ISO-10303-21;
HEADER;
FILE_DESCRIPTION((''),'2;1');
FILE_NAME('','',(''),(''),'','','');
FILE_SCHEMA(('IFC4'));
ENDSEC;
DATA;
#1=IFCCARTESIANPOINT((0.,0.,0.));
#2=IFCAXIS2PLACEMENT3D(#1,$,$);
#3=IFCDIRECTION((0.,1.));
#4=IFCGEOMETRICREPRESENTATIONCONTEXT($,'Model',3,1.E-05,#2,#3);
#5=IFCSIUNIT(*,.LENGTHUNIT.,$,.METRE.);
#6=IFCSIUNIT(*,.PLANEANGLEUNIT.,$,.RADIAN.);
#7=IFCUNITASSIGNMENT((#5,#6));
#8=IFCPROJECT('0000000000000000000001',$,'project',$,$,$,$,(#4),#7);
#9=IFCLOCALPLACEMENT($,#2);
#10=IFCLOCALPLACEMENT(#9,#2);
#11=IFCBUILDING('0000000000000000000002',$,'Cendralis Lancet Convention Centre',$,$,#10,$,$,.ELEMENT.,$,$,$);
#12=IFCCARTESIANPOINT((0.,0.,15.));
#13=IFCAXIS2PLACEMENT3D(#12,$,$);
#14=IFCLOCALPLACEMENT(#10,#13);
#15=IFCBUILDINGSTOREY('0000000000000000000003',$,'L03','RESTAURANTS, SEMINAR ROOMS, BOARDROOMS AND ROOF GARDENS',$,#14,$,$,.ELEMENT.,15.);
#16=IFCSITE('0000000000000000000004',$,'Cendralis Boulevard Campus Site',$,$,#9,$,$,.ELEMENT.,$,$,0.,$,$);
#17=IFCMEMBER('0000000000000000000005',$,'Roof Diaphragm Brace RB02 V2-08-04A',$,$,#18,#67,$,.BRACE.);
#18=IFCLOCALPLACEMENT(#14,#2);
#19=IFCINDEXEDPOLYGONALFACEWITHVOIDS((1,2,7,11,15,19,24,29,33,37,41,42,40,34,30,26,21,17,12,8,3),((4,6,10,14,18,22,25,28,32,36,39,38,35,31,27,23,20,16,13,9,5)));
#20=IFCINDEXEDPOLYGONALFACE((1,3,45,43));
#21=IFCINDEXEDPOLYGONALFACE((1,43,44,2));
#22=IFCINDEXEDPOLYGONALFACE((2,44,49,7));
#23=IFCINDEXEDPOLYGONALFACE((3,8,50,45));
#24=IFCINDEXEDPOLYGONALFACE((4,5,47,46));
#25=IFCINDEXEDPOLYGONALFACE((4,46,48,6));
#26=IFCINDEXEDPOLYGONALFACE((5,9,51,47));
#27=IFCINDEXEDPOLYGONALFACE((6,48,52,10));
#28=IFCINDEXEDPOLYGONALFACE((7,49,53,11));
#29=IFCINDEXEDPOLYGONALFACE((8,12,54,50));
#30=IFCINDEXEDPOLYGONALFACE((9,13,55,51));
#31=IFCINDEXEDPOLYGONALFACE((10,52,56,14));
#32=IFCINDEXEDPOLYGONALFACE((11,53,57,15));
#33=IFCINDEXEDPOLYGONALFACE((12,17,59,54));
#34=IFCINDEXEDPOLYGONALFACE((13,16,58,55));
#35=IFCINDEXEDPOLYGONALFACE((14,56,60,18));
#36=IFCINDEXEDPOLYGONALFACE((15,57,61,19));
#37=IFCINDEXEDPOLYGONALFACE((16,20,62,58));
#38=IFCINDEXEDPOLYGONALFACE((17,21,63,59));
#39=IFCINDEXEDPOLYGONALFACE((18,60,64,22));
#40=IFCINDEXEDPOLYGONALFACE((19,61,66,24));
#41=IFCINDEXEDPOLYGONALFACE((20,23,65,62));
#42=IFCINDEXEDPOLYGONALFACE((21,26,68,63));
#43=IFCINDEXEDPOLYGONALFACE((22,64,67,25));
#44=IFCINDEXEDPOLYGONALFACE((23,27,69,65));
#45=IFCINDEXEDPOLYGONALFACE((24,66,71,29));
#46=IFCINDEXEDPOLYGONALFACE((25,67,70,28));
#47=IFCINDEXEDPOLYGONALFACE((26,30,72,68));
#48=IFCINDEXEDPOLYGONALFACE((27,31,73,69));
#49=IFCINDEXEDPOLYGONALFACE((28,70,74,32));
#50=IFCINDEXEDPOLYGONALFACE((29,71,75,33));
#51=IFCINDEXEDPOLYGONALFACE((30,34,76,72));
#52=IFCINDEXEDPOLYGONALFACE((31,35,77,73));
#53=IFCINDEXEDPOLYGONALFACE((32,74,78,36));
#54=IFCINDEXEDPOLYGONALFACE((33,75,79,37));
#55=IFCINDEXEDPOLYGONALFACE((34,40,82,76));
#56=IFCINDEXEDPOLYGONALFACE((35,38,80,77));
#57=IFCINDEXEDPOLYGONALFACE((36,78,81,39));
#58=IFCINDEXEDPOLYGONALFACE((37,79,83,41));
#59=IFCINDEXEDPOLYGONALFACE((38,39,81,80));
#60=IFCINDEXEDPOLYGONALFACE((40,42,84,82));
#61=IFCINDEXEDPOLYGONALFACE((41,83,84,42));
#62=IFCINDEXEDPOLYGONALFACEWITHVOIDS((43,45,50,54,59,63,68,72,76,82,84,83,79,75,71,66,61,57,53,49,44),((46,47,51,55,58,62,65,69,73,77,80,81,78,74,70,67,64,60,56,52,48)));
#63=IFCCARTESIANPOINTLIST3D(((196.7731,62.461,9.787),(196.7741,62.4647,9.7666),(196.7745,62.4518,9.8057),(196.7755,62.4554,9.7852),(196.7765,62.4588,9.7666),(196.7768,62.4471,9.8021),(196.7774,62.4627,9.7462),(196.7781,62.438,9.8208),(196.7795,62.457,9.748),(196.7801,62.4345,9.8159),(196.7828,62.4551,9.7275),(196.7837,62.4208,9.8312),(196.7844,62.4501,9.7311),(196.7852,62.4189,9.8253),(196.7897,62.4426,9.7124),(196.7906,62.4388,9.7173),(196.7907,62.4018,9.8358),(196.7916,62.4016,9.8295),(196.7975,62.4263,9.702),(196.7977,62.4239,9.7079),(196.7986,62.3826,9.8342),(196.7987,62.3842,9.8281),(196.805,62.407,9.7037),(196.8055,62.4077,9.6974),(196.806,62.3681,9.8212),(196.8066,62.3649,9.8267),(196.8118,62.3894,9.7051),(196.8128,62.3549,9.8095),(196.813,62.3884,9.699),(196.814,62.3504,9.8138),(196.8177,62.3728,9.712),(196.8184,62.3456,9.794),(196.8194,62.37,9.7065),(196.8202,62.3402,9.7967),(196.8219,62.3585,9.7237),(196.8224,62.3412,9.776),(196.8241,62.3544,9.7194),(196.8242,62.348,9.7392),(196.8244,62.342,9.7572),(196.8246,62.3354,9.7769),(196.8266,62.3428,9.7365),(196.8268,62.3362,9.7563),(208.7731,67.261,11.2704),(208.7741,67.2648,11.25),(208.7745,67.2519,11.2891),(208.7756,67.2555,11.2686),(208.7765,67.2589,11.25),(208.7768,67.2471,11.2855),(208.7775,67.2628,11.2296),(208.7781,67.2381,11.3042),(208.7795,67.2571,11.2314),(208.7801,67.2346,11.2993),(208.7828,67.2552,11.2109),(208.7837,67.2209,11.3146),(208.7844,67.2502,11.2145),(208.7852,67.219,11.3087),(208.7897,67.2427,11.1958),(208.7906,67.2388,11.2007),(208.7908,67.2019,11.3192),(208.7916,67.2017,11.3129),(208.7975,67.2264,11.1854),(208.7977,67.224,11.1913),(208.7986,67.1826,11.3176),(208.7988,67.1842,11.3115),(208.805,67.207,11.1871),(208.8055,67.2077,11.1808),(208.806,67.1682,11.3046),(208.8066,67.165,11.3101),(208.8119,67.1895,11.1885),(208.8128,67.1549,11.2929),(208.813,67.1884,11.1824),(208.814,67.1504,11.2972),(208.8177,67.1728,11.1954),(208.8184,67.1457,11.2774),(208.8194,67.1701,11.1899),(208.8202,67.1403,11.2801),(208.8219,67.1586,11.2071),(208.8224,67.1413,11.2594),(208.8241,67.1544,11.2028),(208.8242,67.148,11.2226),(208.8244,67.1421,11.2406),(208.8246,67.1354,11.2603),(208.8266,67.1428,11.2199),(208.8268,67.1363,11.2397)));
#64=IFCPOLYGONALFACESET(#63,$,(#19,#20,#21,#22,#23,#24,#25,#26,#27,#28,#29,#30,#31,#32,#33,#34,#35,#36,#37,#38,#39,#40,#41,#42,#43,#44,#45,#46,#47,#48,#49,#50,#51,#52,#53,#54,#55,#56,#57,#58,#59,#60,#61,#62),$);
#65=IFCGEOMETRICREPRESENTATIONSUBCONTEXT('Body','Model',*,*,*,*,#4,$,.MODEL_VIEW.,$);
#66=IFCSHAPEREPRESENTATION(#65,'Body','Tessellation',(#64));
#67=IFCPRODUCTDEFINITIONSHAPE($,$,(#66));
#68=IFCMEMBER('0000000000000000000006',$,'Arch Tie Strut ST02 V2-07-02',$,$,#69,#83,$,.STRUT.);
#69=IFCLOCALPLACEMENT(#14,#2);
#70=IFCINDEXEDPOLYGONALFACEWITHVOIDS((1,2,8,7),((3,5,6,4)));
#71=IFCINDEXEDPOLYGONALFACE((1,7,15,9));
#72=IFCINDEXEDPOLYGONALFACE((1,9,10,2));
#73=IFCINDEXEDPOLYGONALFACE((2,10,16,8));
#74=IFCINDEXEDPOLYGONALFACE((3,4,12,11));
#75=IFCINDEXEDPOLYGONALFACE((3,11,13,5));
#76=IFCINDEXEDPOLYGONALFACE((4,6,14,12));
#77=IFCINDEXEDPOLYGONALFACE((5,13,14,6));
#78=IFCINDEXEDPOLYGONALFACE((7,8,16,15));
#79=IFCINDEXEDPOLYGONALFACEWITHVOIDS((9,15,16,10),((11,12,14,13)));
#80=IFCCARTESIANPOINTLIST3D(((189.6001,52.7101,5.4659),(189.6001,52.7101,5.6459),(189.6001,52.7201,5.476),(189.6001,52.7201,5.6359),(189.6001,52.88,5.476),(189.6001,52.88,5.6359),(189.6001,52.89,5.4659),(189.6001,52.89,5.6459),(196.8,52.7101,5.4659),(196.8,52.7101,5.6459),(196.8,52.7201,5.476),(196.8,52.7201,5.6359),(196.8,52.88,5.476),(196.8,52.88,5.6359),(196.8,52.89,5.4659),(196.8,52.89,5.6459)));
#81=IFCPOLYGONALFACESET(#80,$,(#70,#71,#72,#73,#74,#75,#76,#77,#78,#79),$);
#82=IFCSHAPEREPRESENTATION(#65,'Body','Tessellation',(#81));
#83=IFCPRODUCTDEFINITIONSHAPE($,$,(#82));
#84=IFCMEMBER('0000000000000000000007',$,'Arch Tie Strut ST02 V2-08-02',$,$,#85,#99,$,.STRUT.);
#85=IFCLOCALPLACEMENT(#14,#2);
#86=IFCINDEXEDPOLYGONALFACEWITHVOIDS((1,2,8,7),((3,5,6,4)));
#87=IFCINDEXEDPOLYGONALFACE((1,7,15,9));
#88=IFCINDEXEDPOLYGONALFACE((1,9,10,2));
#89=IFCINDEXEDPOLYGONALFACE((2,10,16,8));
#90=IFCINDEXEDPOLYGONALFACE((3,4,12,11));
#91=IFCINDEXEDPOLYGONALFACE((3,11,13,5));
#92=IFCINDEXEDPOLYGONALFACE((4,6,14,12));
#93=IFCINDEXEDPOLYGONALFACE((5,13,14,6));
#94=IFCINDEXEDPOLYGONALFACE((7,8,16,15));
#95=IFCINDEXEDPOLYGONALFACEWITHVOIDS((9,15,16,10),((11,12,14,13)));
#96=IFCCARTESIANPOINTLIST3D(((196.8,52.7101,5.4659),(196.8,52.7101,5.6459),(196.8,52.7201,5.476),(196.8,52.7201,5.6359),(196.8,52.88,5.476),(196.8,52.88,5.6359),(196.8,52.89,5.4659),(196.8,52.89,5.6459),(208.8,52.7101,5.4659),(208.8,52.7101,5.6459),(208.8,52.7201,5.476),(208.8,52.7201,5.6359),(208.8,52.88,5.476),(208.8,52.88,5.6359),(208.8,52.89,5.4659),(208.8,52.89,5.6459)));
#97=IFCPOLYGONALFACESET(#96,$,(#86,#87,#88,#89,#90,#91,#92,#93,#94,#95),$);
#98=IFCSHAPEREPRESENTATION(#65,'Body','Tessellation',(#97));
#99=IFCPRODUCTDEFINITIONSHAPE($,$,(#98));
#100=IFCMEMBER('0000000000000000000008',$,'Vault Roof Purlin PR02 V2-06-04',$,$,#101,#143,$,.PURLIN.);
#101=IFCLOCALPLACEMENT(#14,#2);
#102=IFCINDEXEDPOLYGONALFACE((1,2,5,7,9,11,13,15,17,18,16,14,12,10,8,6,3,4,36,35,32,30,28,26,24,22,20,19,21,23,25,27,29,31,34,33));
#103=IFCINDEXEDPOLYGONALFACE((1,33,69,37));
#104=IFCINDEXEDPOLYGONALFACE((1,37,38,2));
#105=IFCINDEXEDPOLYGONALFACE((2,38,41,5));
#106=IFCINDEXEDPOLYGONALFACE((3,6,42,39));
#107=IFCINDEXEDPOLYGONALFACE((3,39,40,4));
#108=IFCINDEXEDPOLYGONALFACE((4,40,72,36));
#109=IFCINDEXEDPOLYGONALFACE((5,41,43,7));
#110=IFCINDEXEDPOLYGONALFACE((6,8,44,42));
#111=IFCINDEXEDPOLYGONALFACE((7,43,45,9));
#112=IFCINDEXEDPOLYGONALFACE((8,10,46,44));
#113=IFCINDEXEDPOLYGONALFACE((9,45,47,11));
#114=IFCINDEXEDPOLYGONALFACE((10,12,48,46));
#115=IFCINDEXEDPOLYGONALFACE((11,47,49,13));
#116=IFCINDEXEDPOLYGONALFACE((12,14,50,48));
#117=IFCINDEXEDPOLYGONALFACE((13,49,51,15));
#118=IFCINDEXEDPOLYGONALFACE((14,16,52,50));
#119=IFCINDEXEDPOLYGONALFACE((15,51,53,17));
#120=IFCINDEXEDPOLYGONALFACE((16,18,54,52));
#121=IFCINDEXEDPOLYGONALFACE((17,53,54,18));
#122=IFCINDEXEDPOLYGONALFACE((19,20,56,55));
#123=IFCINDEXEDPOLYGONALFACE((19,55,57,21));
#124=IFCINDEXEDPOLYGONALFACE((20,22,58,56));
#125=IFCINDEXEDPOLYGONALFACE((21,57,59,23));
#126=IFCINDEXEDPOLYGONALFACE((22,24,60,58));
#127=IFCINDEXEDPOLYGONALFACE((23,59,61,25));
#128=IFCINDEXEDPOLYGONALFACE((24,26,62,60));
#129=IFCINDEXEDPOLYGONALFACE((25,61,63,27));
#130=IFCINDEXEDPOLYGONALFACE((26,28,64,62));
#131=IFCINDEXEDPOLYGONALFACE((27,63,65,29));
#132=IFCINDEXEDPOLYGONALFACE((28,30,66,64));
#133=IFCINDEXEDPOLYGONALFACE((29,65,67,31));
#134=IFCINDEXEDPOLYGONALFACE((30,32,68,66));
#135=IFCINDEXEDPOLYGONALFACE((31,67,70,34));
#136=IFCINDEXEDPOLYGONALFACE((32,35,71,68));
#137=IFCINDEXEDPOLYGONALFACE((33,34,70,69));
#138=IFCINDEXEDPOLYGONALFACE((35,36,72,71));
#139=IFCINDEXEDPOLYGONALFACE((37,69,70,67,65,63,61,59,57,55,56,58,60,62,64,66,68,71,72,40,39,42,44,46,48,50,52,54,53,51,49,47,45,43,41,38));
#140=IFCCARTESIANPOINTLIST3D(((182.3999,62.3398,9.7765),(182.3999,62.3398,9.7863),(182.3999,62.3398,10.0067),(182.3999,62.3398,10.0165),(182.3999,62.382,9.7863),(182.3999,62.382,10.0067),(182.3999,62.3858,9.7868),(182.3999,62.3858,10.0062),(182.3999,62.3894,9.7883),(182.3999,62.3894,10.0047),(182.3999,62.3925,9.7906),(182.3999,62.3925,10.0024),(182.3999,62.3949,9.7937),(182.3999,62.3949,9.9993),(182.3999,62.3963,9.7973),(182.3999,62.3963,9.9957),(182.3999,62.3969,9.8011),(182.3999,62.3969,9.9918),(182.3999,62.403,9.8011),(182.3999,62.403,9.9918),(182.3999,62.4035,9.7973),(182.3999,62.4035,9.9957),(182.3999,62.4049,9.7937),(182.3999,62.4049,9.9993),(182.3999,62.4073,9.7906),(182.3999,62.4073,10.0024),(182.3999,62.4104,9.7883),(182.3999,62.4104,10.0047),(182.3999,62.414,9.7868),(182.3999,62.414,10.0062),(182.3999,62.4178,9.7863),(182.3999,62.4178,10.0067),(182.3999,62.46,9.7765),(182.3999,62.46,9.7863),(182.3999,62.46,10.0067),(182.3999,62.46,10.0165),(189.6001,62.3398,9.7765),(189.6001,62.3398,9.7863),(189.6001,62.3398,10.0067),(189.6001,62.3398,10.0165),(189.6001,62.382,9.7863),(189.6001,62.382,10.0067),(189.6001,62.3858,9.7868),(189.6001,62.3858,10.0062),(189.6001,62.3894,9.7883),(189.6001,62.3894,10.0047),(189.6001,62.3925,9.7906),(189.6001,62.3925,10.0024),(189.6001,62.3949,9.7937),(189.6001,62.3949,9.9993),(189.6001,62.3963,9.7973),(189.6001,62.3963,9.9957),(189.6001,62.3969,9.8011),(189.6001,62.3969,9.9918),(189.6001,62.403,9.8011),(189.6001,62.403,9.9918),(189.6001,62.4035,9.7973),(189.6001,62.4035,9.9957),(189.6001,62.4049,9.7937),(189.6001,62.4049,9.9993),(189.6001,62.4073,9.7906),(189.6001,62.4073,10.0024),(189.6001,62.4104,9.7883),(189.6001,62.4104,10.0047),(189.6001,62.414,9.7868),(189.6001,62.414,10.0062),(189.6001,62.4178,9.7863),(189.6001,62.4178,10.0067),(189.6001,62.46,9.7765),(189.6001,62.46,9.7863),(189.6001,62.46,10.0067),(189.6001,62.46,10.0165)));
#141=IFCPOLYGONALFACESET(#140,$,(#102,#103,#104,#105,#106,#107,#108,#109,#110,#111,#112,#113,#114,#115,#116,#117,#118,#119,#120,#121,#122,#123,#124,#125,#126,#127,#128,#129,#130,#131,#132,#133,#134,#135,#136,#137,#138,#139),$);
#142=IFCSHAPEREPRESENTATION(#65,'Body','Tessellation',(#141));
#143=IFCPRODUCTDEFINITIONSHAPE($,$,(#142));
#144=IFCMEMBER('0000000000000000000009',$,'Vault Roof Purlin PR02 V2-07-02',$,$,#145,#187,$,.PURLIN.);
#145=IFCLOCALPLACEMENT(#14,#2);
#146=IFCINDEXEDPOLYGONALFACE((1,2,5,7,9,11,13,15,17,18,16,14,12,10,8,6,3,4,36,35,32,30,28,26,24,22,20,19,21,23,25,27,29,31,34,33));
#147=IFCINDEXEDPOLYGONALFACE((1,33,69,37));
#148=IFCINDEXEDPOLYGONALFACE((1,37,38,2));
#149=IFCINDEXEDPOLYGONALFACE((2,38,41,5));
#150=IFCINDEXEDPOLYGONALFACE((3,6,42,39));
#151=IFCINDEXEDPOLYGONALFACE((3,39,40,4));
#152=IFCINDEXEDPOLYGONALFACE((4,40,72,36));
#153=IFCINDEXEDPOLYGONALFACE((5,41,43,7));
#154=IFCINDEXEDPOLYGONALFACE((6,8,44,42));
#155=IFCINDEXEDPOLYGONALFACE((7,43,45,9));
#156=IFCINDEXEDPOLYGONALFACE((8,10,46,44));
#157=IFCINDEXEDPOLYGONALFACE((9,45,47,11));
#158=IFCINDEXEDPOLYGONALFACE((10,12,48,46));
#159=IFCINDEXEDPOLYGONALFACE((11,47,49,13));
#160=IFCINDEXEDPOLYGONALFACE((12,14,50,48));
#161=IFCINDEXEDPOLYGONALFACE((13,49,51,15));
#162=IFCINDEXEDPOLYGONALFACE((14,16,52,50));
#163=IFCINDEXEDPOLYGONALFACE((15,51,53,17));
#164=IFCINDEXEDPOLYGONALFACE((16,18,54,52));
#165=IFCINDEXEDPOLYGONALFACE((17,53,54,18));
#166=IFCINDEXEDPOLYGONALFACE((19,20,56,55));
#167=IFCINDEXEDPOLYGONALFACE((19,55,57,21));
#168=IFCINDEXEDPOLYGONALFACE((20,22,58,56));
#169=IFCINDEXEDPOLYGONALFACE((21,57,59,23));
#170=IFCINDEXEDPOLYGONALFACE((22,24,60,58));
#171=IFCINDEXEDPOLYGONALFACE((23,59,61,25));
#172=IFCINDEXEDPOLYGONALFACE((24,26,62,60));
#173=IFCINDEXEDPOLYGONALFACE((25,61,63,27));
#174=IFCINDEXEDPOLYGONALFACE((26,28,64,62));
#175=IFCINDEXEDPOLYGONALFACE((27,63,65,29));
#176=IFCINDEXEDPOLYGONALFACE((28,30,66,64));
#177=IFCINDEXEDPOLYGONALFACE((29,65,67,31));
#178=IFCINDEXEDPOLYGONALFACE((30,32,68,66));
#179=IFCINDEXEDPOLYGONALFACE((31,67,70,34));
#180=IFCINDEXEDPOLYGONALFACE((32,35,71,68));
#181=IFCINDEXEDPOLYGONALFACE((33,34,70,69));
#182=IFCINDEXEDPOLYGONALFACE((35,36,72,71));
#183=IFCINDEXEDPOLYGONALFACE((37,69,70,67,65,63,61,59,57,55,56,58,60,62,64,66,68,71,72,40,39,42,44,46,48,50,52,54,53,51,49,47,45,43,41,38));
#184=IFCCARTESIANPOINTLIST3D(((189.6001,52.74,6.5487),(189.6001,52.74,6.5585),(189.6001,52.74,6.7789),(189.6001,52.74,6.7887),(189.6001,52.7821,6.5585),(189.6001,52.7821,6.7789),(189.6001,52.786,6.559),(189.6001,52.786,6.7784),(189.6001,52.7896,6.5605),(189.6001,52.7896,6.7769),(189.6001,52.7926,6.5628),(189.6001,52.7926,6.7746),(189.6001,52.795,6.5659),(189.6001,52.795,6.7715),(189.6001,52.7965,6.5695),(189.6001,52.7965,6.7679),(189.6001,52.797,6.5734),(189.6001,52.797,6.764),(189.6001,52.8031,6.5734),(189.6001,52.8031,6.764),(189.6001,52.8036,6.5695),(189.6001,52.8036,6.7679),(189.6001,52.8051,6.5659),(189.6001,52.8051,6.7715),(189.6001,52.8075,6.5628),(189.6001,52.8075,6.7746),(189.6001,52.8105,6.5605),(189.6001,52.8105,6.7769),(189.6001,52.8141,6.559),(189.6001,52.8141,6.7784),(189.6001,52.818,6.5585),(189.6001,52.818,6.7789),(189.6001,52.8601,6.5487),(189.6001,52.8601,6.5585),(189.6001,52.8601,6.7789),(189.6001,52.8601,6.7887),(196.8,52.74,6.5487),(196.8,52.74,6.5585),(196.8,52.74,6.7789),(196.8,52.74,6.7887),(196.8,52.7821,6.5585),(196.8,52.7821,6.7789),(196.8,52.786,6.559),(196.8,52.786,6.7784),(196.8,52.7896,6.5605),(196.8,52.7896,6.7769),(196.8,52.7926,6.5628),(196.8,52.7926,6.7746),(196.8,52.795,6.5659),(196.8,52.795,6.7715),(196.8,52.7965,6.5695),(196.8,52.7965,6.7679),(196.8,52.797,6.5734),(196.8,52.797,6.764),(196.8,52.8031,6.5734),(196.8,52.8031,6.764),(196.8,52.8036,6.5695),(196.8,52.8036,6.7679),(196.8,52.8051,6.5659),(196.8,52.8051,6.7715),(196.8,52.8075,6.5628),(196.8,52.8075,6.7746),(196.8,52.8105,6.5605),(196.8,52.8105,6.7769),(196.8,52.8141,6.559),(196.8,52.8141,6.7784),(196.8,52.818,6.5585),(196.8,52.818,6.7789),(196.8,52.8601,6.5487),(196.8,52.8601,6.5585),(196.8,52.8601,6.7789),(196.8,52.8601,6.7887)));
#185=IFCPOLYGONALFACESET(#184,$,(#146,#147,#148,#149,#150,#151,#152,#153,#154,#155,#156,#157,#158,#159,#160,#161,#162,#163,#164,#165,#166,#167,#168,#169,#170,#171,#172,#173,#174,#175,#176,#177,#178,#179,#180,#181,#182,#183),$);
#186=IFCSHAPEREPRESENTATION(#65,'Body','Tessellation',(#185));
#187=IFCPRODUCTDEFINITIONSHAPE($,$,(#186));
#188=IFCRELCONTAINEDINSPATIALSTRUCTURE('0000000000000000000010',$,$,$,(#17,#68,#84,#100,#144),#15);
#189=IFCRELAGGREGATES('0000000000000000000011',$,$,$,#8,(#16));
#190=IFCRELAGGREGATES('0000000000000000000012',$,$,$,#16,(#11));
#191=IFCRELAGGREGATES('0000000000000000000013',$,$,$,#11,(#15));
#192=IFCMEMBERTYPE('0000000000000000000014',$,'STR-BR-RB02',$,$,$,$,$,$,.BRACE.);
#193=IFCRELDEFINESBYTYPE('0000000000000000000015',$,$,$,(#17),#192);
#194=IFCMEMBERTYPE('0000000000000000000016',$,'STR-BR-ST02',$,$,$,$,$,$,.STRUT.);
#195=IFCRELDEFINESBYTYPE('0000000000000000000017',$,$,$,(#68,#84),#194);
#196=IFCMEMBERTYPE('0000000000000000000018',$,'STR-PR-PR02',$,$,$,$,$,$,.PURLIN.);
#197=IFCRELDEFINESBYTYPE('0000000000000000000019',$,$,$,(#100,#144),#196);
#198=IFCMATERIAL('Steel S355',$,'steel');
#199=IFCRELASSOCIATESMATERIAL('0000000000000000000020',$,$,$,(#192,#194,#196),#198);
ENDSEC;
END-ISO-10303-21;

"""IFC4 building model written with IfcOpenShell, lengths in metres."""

from ifc_helpers import new_model, si_unit, direction, frame, origin, origin_2d, place, context, subcontext, project, spatial, hollow_rectangle, hollow_circle, i_section, extrude, material, material_profile, profile_set, type_object, element, save


model = new_model("IFC4")

# Units and contexts
model_context = context("Model", 3, precision=1e-05, world=origin(), true_north=direction((0.0, 1.0)))
body_context = subcontext(model_context, "Body", "Model", "MODEL_VIEW")
ifc_project = project(units=[si_unit("LENGTHUNIT", "METRE"), si_unit("PLANEANGLEUNIT", "RADIAN")], contexts=[model_context])

# Site, building, storey
site_placement = place(None, origin())
site = spatial("IfcSite", under=ifc_project, at=site_placement, Name="Cendralis Boulevard Campus Site", CompositionType="ELEMENT", RefElevation=0.0)
building_placement = place(site_placement, origin())
building = spatial("IfcBuilding", under=site, at=building_placement, Name="Cendralis Lancet Convention Centre", CompositionType="ELEMENT")
storey_placement = place(building_placement, frame((0.0, 0.0, 15.0)))
storey = spatial("IfcBuildingStorey", under=building, at=storey_placement, Name="L03", Description="RESTAURANTS, SEMINAR ROOMS, BOARDROOMS AND ROOF GARDENS", CompositionType="ELEMENT", Elevation=15.0)

# Members
ifc_material = material(Name="Steel S355", Category="steel")
ifc_material_profile_1 = material_profile(ifc_material, hollow_circle(Radius=0.0698, WallThickness=0.0063, at=origin_2d()), Name="CHS 139.7x6.3")
ifc_profile_set_1 = profile_set([ifc_material_profile_1], Name="Steel S355")
member_type_1 = type_object("IfcMemberType", Name="STR-BR-RB02", PredefinedType="BRACE", material=ifc_profile_set_1)
member_1_placement = place(storey_placement, frame((196.8, 62.3999, 9.7666), z_axis=(0.92242, 0.368972, 0.114026), x_axis=(-0.371394, 0.928475, 0.0)))
element("IfcMember", 1, at=member_1_placement, inside=storey, type_object=member_type_1, Name="Roof Diaphragm Brace RB02 V2-08-04A", PredefinedType="BRACE", context=body_context, shape_type="SweptSolid", body=[
    extrude(hollow_circle(Radius=0.0698, WallThickness=0.0063, at=origin_2d()), origin(), (0.0, 0.0, 1.0), 13.0093),
])
ifc_material_profile_2 = material_profile(ifc_material, hollow_rectangle(XDim=0.1799, YDim=0.1799, WallThickness=0.01, at=origin_2d()), Name="SHS 180x180x10.0")
ifc_profile_set_2 = profile_set([ifc_material_profile_2], Name="Steel S355")
member_type_2 = type_object("IfcMemberType", Name="STR-BR-ST02", PredefinedType="STRUT", material=ifc_profile_set_2)
member_2_placement = place(storey_placement, frame((189.6001, 52.8, 5.5559), z_axis=(1.0, 0.0, 0.0), x_axis=(0.0, 1.0, 0.0)))
element("IfcMember", 2, at=member_2_placement, inside=storey, type_object=member_type_2, Name="Arch Tie Strut ST02 V2-07-02", PredefinedType="STRUT", context=body_context, shape_type="SweptSolid", body=[
    extrude(hollow_rectangle(XDim=0.1799, YDim=0.1799, WallThickness=0.01, at=origin_2d()), origin(), (0.0, 0.0, 1.0), 7.2),
])
member_3_placement = place(storey_placement, frame((196.8, 52.8, 5.5559), z_axis=(1.0, 0.0, 0.0), x_axis=(0.0, 1.0, 0.0)))
element("IfcMember", 3, at=member_3_placement, inside=storey, type_object=member_type_2, Name="Arch Tie Strut ST02 V2-08-02", PredefinedType="STRUT", context=body_context, shape_type="SweptSolid", body=[
    extrude(hollow_rectangle(XDim=0.1799, YDim=0.1799, WallThickness=0.01, at=origin_2d()), origin(), (0.0, 0.0, 1.0), 12.0),
])
ifc_material_profile_3 = material_profile(ifc_material, i_section(OverallWidth=0.1201, OverallDepth=0.24, WebThickness=0.0061, FlangeThickness=0.0098, FilletRadius=0.0149, at=origin_2d()), Name="IPE 240")
ifc_profile_set_3 = profile_set([ifc_material_profile_3], Name="Steel S355")
member_type_3 = type_object("IfcMemberType", Name="STR-PR-PR02", PredefinedType="PURLIN", material=ifc_profile_set_3)
member_4_placement = place(storey_placement, frame((182.3999, 62.3999, 9.8965), z_axis=(1.0, 0.0, 0.0), x_axis=(0.0, 1.0, 0.0)))
element("IfcMember", 4, at=member_4_placement, inside=storey, type_object=member_type_3, Name="Vault Roof Purlin PR02 V2-06-04", PredefinedType="PURLIN", context=body_context, shape_type="SweptSolid", body=[
    extrude(i_section(OverallWidth=0.1201, OverallDepth=0.24, WebThickness=0.0061, FlangeThickness=0.0098, FilletRadius=0.0149, at=origin_2d()), origin(), (0.0, 0.0, 1.0), 7.2002),
])
for number, where, z_axis, x_axis, name in (
    (5, (189.6001, 52.8, 6.6687), (1.0, 0.0, 0.0), (0.0, 1.0, 0.0), "Vault Roof Purlin PR02 V2-07-02"),
):
    element("IfcMember", number, at=place(storey_placement, frame(where, z_axis=z_axis, x_axis=x_axis)), inside=storey, type_object=member_type_3, Name=name, PredefinedType="PURLIN", context=body_context, shape_type="SweptSolid", body=[
        extrude(i_section(OverallWidth=0.1201, OverallDepth=0.24, WebThickness=0.0061, FlangeThickness=0.0098, FilletRadius=0.0149, at=origin_2d()), origin(), (0.0, 0.0, 1.0), 7.2),
    ])

save(model, "model.ifc")
